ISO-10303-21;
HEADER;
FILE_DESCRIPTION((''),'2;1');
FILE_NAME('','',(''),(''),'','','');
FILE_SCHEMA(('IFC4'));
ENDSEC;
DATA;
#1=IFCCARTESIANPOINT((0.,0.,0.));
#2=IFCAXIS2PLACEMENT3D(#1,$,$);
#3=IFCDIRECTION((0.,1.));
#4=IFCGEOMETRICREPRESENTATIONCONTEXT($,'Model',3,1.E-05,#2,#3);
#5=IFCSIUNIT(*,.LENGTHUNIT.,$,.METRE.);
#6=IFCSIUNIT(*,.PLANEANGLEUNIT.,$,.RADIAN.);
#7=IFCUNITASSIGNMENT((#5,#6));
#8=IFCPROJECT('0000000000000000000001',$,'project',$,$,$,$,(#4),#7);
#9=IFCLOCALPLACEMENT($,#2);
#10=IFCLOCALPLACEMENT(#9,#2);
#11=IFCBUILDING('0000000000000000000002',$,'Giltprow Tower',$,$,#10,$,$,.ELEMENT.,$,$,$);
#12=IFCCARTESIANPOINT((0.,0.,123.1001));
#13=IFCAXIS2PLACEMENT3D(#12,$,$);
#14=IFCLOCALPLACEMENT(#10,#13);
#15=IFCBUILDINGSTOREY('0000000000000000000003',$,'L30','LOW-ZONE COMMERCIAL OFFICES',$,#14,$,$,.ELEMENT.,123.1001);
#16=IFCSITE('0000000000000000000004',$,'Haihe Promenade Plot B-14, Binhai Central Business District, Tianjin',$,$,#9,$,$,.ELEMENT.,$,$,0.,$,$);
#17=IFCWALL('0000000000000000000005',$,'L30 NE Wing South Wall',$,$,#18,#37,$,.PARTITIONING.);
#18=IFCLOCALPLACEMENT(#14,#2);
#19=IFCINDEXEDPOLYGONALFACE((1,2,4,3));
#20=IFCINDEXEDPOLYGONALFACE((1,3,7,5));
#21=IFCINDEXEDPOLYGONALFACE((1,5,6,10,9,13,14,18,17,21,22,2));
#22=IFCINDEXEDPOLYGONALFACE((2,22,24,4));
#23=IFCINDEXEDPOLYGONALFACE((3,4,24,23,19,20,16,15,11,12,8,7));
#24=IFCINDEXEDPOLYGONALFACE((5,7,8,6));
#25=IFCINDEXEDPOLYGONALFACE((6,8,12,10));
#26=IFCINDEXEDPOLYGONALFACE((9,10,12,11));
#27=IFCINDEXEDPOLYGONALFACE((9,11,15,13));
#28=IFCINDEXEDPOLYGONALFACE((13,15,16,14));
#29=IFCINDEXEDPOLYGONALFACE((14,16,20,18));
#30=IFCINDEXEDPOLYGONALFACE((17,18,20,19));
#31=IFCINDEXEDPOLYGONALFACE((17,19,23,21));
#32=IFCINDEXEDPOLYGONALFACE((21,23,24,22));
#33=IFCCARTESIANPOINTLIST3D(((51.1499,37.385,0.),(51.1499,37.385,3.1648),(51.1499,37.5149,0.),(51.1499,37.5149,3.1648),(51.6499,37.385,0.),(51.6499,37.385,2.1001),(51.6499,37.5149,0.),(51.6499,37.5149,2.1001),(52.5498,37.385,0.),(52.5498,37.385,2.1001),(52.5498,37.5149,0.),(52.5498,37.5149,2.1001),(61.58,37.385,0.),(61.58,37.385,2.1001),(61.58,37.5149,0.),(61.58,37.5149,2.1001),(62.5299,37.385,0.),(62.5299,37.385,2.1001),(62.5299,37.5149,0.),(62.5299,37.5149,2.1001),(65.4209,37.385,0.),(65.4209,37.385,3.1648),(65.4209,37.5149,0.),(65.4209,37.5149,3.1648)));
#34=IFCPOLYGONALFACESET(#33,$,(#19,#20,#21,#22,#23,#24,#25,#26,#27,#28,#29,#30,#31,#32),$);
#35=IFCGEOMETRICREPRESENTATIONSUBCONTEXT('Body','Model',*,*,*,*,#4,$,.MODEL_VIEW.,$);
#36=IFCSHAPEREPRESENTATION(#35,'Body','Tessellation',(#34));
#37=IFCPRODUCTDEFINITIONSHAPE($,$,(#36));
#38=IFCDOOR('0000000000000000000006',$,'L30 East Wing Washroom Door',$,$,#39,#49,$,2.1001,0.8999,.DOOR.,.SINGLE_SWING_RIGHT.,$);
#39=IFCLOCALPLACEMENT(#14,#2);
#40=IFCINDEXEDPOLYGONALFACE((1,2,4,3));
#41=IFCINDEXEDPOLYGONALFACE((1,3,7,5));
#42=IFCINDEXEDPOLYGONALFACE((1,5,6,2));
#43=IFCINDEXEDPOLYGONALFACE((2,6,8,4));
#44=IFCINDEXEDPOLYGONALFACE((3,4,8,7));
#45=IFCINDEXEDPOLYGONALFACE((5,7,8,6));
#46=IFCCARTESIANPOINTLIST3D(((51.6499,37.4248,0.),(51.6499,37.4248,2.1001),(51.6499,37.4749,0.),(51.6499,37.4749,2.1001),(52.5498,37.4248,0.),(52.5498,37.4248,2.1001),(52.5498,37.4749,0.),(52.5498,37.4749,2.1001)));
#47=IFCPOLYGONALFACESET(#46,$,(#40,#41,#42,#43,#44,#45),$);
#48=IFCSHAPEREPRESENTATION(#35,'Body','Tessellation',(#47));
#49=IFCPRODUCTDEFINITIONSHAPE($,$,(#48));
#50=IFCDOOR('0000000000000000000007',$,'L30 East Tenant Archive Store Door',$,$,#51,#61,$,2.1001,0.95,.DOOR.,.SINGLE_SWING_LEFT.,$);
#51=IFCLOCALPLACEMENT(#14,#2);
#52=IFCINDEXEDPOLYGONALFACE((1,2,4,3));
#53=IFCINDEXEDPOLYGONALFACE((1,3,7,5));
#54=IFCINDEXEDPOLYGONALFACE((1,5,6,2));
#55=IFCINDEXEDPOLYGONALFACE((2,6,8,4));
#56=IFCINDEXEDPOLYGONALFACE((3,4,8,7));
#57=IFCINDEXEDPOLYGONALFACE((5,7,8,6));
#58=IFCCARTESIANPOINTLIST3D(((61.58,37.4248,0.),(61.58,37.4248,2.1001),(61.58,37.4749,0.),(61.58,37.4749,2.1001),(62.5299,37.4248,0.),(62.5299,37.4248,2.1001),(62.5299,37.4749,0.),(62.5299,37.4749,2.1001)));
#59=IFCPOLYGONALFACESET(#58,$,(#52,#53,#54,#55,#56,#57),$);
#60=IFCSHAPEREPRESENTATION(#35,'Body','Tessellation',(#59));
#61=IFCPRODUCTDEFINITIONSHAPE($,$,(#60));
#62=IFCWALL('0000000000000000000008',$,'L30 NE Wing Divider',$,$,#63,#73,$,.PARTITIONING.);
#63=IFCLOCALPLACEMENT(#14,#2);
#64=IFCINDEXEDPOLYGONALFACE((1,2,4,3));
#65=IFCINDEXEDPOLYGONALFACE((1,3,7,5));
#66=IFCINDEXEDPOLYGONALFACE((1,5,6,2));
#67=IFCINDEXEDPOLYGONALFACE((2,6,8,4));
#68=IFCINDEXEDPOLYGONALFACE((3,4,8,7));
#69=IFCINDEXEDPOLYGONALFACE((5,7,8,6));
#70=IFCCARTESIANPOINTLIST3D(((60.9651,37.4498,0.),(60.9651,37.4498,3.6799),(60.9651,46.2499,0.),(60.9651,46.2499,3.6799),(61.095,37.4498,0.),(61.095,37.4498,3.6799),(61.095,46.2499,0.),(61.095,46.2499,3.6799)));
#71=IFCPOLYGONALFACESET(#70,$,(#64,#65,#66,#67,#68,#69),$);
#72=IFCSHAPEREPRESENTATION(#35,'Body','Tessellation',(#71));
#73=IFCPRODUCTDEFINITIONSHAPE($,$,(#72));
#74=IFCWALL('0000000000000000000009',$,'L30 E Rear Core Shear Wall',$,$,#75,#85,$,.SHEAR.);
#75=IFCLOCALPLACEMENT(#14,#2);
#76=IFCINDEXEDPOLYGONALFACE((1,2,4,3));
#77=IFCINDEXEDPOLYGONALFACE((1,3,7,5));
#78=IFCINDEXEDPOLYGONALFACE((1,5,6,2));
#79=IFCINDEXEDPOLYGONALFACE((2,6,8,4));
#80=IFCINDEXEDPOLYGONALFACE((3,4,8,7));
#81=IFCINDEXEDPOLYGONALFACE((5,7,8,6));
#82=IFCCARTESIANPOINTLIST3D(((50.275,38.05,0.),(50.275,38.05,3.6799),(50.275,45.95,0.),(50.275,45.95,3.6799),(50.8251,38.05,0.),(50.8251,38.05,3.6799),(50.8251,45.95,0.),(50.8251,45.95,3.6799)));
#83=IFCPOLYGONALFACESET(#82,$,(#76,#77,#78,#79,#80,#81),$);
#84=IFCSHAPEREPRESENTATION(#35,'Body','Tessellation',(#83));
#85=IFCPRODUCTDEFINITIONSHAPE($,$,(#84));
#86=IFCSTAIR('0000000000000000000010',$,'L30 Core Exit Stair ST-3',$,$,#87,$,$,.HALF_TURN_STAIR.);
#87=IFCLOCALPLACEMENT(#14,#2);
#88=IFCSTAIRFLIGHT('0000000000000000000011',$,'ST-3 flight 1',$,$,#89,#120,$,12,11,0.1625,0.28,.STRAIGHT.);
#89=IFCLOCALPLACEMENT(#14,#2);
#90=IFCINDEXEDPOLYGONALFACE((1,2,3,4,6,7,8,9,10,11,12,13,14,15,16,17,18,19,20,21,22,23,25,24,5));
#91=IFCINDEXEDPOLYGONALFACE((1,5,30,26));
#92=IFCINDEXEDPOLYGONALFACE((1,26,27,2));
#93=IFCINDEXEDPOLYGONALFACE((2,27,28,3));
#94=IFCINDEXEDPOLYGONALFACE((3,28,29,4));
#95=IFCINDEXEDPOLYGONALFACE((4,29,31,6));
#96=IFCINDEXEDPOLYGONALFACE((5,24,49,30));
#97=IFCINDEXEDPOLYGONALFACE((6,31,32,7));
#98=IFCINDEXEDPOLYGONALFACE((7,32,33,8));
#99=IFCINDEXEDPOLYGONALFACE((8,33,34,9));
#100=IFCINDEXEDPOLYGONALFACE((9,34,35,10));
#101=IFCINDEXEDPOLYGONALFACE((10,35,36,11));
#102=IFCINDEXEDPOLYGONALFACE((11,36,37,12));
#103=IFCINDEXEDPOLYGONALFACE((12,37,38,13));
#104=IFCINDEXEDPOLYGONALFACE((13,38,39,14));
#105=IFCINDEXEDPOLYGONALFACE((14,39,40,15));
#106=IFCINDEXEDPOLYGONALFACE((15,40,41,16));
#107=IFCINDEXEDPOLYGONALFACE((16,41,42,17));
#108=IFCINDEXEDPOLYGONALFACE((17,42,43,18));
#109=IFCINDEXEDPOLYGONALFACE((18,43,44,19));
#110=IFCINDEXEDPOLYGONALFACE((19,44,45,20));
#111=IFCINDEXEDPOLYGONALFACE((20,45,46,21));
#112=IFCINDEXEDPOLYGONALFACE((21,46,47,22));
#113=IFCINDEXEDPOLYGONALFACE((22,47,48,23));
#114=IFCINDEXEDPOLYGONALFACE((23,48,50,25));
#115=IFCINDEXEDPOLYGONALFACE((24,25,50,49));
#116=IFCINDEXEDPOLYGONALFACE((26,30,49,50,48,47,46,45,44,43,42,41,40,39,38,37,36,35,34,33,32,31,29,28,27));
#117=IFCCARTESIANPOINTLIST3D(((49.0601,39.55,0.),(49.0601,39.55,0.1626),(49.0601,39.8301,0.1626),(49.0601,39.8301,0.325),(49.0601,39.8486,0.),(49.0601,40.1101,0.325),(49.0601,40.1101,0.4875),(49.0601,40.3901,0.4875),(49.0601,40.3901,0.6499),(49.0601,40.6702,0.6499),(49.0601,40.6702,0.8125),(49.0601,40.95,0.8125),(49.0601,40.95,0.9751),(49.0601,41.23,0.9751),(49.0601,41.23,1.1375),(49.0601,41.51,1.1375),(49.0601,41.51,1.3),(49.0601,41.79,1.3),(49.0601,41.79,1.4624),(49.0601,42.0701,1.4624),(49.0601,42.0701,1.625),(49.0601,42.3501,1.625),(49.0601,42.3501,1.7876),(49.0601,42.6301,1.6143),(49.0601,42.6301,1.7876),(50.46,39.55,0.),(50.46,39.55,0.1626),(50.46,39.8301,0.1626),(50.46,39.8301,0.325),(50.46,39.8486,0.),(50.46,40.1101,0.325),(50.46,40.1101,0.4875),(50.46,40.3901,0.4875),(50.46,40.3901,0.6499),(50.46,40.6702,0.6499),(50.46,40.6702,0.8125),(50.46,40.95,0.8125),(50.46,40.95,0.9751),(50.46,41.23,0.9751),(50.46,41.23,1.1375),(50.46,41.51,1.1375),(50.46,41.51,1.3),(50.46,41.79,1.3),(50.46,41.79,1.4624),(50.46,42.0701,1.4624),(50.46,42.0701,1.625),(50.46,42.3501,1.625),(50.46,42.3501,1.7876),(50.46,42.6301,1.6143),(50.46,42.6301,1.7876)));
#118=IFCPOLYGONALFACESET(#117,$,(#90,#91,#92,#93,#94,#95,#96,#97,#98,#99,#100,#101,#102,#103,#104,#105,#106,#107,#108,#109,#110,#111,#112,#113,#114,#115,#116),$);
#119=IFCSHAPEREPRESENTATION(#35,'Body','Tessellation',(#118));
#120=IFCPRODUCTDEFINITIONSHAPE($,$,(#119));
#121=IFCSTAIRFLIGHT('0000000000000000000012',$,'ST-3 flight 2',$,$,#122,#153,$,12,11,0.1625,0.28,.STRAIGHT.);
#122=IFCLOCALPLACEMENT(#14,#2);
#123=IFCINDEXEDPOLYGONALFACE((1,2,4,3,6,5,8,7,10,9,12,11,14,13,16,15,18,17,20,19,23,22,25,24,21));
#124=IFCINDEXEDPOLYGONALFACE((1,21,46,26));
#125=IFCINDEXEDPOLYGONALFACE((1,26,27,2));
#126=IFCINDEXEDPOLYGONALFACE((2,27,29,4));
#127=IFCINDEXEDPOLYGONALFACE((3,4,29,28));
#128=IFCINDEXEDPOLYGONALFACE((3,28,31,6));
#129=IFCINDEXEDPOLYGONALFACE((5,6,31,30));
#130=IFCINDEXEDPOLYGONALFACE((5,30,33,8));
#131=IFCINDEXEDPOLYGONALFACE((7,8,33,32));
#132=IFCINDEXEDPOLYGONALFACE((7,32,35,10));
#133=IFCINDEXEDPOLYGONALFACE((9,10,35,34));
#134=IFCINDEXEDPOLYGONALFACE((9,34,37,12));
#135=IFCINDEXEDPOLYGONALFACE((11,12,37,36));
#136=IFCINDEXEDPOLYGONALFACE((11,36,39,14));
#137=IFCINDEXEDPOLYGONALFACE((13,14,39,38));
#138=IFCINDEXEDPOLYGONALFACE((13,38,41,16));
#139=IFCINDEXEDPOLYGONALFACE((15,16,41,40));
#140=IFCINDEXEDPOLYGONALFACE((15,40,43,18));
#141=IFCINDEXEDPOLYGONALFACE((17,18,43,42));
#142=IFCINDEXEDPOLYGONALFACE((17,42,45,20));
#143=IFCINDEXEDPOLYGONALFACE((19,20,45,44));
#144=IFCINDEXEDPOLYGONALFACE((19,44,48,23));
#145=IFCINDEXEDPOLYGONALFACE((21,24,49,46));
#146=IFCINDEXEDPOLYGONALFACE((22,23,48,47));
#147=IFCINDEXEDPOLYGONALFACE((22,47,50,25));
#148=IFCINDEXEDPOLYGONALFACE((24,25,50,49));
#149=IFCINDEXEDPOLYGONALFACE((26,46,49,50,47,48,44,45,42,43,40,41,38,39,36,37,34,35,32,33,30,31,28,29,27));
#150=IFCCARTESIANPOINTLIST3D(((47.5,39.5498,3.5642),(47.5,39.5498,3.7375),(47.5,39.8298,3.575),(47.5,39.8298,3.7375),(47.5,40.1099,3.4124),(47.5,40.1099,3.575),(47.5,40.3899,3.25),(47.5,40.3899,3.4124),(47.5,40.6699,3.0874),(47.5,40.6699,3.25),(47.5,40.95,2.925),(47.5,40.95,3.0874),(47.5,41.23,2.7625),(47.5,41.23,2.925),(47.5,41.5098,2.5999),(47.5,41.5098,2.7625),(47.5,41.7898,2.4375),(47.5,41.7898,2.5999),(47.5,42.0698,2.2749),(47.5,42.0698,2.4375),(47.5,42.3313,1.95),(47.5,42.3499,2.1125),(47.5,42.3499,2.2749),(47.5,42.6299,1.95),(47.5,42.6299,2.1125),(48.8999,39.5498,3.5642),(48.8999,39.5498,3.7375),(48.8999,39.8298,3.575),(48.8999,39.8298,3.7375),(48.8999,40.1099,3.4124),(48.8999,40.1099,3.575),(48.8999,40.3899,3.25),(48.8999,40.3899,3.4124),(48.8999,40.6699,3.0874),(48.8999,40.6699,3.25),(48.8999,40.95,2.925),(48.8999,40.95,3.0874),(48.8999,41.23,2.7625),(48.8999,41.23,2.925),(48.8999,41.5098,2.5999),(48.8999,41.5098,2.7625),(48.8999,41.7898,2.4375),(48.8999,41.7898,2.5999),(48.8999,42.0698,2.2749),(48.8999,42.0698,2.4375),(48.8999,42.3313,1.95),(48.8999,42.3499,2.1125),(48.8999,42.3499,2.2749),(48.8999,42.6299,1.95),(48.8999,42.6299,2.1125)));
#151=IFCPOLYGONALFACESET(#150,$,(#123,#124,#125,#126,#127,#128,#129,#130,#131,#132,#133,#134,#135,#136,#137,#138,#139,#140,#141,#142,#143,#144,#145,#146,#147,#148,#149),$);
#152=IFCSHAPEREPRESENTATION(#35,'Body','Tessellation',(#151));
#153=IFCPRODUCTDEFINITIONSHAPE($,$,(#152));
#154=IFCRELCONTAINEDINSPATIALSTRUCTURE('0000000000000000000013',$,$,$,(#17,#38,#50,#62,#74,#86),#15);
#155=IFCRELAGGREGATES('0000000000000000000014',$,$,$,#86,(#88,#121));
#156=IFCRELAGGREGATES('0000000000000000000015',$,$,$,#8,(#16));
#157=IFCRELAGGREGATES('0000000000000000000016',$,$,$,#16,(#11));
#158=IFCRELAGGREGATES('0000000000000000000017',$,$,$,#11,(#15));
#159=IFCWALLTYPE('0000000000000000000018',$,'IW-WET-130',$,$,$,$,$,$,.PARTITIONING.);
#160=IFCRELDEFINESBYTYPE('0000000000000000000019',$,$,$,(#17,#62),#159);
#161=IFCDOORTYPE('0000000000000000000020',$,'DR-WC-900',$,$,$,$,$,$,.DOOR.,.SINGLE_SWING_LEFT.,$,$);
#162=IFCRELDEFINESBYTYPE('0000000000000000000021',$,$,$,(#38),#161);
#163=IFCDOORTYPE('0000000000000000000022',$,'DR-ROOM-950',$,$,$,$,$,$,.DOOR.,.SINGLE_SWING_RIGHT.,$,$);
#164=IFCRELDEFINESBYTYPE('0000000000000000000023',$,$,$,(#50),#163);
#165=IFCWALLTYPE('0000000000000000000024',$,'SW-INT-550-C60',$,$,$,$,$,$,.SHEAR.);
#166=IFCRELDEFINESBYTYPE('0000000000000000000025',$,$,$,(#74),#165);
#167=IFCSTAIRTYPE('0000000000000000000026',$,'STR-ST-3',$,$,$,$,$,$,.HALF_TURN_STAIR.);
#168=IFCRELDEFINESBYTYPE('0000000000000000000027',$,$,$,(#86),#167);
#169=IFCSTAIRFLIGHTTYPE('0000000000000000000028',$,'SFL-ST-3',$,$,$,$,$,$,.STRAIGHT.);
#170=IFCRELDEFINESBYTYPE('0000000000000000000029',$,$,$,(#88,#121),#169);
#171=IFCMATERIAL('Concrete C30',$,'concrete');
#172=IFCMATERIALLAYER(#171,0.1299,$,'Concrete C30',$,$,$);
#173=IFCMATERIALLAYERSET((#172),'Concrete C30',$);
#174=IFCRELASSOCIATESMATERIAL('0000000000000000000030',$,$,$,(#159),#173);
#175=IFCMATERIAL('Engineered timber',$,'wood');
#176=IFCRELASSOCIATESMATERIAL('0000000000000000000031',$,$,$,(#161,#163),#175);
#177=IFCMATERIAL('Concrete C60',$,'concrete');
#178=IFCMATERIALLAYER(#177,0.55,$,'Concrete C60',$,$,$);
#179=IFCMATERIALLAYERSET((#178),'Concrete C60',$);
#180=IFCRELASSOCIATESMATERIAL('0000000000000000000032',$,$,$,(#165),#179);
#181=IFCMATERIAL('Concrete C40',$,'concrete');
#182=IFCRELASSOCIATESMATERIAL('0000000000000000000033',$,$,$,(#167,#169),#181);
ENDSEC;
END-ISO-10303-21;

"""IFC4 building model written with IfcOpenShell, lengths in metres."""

from ifc_helpers import new_model, si_unit, direction, frame, frame_2d, origin, place, context, subcontext, project, spatial, polyline, rectangle, outline, extrude, source, transform, mapped, material, layer, layer_set, type_object, element, fill, aggregate, save


model = new_model("IFC4")

# Units and contexts
model_context = context("Model", 3, precision=1e-05, world=origin(), true_north=direction((0.0, 1.0)))
body_context = subcontext(model_context, "Body", "Model", "MODEL_VIEW")
ifc_project = project(units=[si_unit("LENGTHUNIT", "METRE"), si_unit("PLANEANGLEUNIT", "RADIAN")], contexts=[model_context])

# Site, building, storey
site_placement = place(None, origin())
site = spatial("IfcSite", under=ifc_project, at=site_placement, Name="Haihe Promenade Plot B-14, Binhai Central Business District, Tianjin", CompositionType="ELEMENT", RefElevation=0.0)
building_placement = place(site_placement, origin())
building = spatial("IfcBuilding", under=site, at=building_placement, Name="Giltprow Tower", CompositionType="ELEMENT")
storey_placement = place(building_placement, frame((0.0, 0.0, 123.1001)))
storey = spatial("IfcBuildingStorey", under=building, at=storey_placement, Name="L30", Description="LOW-ZONE COMMERCIAL OFFICES", CompositionType="ELEMENT", Elevation=123.1001)

# Shared definitions
ifc_material_1 = material(Name="Concrete C60", Category="concrete")

# Shared definitions
ifc_material_2 = material(Name="Concrete C40", Category="concrete")

# Wall, openings, doors
ifc_material_3 = material(Name="Concrete C30", Category="concrete")
ifc_layer_1 = layer(ifc_material_3, 0.1299, Name="Concrete C30")
ifc_layer_set_1 = layer_set([ifc_layer_1], Name="Concrete C30")
wall_type_1 = type_object("IfcWallType", Name="IW-WET-130", PredefinedType="PARTITIONING", material=ifc_layer_set_1)
wall_1_placement = place(storey_placement, frame((51.1499, 37.45, 0.0), z_axis=(0.0, 0.0, 1.0), x_axis=(1.0, 0.0, 0.0)))
wall_1 = element("IfcWall", 1, at=wall_1_placement, inside=storey, type_object=wall_type_1, Name="L30 NE Wing South Wall", PredefinedType="PARTITIONING", context=body_context, shape_type="SweptSolid", body=[
    extrude(rectangle(XDim=14.271, YDim=0.1299, at=frame_2d((7.1355, 0.0))), origin(), (0.0, 0.0, 1.0), 3.1648),
])
opening_1_placement = place(wall_1_placement, frame((0.5, 0.0, 0.0)))
opening_1 = element("IfcOpeningElement", 2, at=opening_1_placement, cuts=wall_1, PredefinedType="OPENING", context=body_context, shape_type="SweptSolid", body=[
    extrude(rectangle(XDim=0.8999, YDim=2.1001, at=frame_2d((0.45, 1.05))), frame((0.0, 0.075, 0.0), z_axis=(0.0, -1.0, 0.0), x_axis=(1.0, 0.0, 0.0)), (0.0, 0.0, 1.0), 0.1499),
])
opening_2_placement = place(wall_1_placement, frame((10.4299, 0.0, 0.0)))
opening_2 = element("IfcOpeningElement", 3, at=opening_2_placement, cuts=wall_1, PredefinedType="OPENING", context=body_context, shape_type="SweptSolid", body=[
    extrude(rectangle(XDim=0.95, YDim=2.1001, at=frame_2d((0.4751, 1.05))), frame((0.0, 0.075, 0.0), z_axis=(0.0, -1.0, 0.0), x_axis=(1.0, 0.0, 0.0)), (0.0, 0.0, 1.0), 0.1499),
])
ifc_material_4 = material(Name="Engineered timber", Category="wood")
door_type_1 = type_object("IfcDoorType", Name="DR-WC-900", OperationType="SINGLE_SWING_LEFT", PredefinedType="DOOR", material=ifc_material_4)
shared_shape_1 = source(origin(), body_context, "Body", "SweptSolid", [
    extrude(rectangle(XDim=0.8999, YDim=2.1001, at=frame_2d((0.45, 1.05))), frame((0.0, 0.0249, 0.0), z_axis=(0.0, -1.0, 0.0), x_axis=(1.0, 0.0, 0.0)), (0.0, 0.0, 1.0), 0.05),
])
door_1_placement = place(opening_1_placement, origin())
door_1 = element("IfcDoor", 4, at=door_1_placement, inside=storey, type_object=door_type_1, Name="L30 East Wing Washroom Door", OperationType="SINGLE_SWING_RIGHT", OverallHeight=2.1001, OverallWidth=0.8999, PredefinedType="DOOR", context=body_context, shape_type="MappedRepresentation", body=[
    mapped(shared_shape_1, transform((0.0, 0.0, 0.0), x_axis=(1.0, 0.0, 0.0), y_axis=(0.0, 1.0, 0.0), z_axis=(0.0, 0.0, 1.0), scale=1.0)),
])
fill(opening_1, door_1)
door_type_2 = type_object("IfcDoorType", Name="DR-ROOM-950", OperationType="SINGLE_SWING_RIGHT", PredefinedType="DOOR", material=ifc_material_4)
shared_shape_2 = source(origin(), body_context, "Body", "SweptSolid", [
    extrude(rectangle(XDim=0.95, YDim=2.1001, at=frame_2d((0.4751, 1.05))), frame((0.0, 0.0249, 0.0), z_axis=(0.0, -1.0, 0.0), x_axis=(1.0, 0.0, 0.0)), (0.0, 0.0, 1.0), 0.05),
])
door_2_placement = place(opening_2_placement, origin())
door_2 = element("IfcDoor", 5, at=door_2_placement, inside=storey, type_object=door_type_2, Name="L30 East Tenant Archive Store Door", OperationType="SINGLE_SWING_LEFT", OverallHeight=2.1001, OverallWidth=0.95, PredefinedType="DOOR", context=body_context, shape_type="MappedRepresentation", body=[
    mapped(shared_shape_2, transform((0.0, 0.0, 0.0), x_axis=(1.0, 0.0, 0.0), y_axis=(0.0, 1.0, 0.0), z_axis=(0.0, 0.0, 1.0), scale=1.0)),
])
fill(opening_2, door_2)

# Walls
wall_2_placement = place(storey_placement, frame((61.03, 37.45, 0.0), z_axis=(0.0, 0.0, 1.0), x_axis=(0.0, 1.0, 0.0)))
element("IfcWall", 6, at=wall_2_placement, inside=storey, type_object=wall_type_1, Name="L30 NE Wing Divider", PredefinedType="PARTITIONING", context=body_context, shape_type="SweptSolid", body=[
    extrude(rectangle(XDim=8.8, YDim=0.1299, at=frame_2d((4.3999, 0.0))), origin(), (0.0, 0.0, 1.0), 3.6799),
])
ifc_layer_2 = layer(ifc_material_1, 0.55, Name="Concrete C60")
ifc_layer_set_2 = layer_set([ifc_layer_2], Name="Concrete C60")
wall_type_2 = type_object("IfcWallType", Name="SW-INT-550-C60", PredefinedType="SHEAR", material=ifc_layer_set_2)
wall_3_placement = place(storey_placement, frame((50.55, 38.05, 0.0), z_axis=(0.0, 0.0, 1.0), x_axis=(0.0, 1.0, 0.0)))
element("IfcWall", 7, at=wall_3_placement, inside=storey, type_object=wall_type_2, Name="L30 E Rear Core Shear Wall", PredefinedType="SHEAR", context=body_context, shape_type="SweptSolid", body=[
    extrude(rectangle(XDim=7.8999, YDim=0.55, at=frame_2d((3.95, 0.0))), origin(), (0.0, 0.0, 1.0), 3.6799),
])

# Stair, stair flights
stair_type = type_object("IfcStairType", Name="STR-ST-3", PredefinedType="HALF_TURN_STAIR", material=ifc_material_2)
stair_placement = place(storey_placement, origin())
stair = element("IfcStair", 8, at=stair_placement, inside=storey, type_object=stair_type, Name="L30 Core Exit Stair ST-3", PredefinedType="HALF_TURN_STAIR")
stair_flight_type = type_object("IfcStairFlightType", Name="SFL-ST-3", PredefinedType="STRAIGHT", material=ifc_material_2)
stair_flight_1_placement = place(storey_placement, frame((49.76, 39.55, 0.0), z_axis=(0.0, 0.0, 1.0), x_axis=(0.0, 1.0, 0.0)))
stair_flight_1 = element("IfcStairFlight", 9, at=stair_flight_1_placement, type_object=stair_flight_type, Name="ST-3 flight 1", NumberOfRisers=12, NumberOfTreads=11, PredefinedType="STRAIGHT", RiserHeight=0.1625, TreadLength=0.28, context=body_context, shape_type="SweptSolid", body=[
    extrude(outline(polyline([(0.0, 0.0), (0.0, 0.1626), (0.28, 0.1626), (0.28, 0.325), (0.5601, 0.325), (0.5601, 0.4875), (0.8401, 0.4875), (0.8401, 0.6499), (1.1201, 0.6499), (1.1201, 0.8125), (1.3999, 0.8125), (1.3999, 0.9751), (1.6799, 0.9751), (1.6799, 1.1375), (1.96, 1.1375), (1.96, 1.3), (2.24, 1.3), (2.24, 1.4624), (2.52, 1.4624), (2.52, 1.625), (2.8, 1.625), (2.8, 1.7876), (3.0801, 1.7876), (3.0801, 1.95), (3.0801, 1.6143), (0.2986, 0.0), (0.0, 0.0)])), frame((0.0, 0.7, 0.0), z_axis=(0.0, -1.0, 0.0), x_axis=(1.0, 0.0, 0.0)), (0.0, 0.0, 1.0), 1.3999),
])
stair_flight_2_placement = place(storey_placement, frame((48.2, 42.6299, 1.95), z_axis=(0.0, 0.0, 1.0), x_axis=(0.0, -1.0, 0.0)))
stair_flight_2 = element("IfcStairFlight", 10, at=stair_flight_2_placement, type_object=stair_flight_type, Name="ST-3 flight 2", NumberOfRisers=12, NumberOfTreads=11, PredefinedType="STRAIGHT", RiserHeight=0.1625, TreadLength=0.28, context=body_context, shape_type="SweptSolid", body=[
    extrude(outline(polyline([(0.0, 0.0), (0.0, 0.1626), (0.28, 0.1626), (0.28, 0.325), (0.5601, 0.325), (0.5601, 0.4875), (0.8401, 0.4875), (0.8401, 0.6499), (1.1201, 0.6499), (1.1201, 0.8125), (1.3999, 0.8125), (1.3999, 0.9751), (1.6799, 0.9751), (1.6799, 1.1375), (1.96, 1.1375), (1.96, 1.3), (2.24, 1.3), (2.24, 1.4624), (2.52, 1.4624), (2.52, 1.625), (2.8, 1.625), (2.8, 1.7876), (3.0801, 1.7876), (3.0801, 1.95), (3.0801, 1.6143), (0.2986, 0.0), (0.0, 0.0)])), frame((0.0, 0.7, 0.0), z_axis=(0.0, -1.0, 0.0), x_axis=(1.0, 0.0, 0.0)), (0.0, 0.0, 1.0), 1.3999),
])
aggregate(stair, [stair_flight_1, stair_flight_2])

save(model, "model.ifc")
